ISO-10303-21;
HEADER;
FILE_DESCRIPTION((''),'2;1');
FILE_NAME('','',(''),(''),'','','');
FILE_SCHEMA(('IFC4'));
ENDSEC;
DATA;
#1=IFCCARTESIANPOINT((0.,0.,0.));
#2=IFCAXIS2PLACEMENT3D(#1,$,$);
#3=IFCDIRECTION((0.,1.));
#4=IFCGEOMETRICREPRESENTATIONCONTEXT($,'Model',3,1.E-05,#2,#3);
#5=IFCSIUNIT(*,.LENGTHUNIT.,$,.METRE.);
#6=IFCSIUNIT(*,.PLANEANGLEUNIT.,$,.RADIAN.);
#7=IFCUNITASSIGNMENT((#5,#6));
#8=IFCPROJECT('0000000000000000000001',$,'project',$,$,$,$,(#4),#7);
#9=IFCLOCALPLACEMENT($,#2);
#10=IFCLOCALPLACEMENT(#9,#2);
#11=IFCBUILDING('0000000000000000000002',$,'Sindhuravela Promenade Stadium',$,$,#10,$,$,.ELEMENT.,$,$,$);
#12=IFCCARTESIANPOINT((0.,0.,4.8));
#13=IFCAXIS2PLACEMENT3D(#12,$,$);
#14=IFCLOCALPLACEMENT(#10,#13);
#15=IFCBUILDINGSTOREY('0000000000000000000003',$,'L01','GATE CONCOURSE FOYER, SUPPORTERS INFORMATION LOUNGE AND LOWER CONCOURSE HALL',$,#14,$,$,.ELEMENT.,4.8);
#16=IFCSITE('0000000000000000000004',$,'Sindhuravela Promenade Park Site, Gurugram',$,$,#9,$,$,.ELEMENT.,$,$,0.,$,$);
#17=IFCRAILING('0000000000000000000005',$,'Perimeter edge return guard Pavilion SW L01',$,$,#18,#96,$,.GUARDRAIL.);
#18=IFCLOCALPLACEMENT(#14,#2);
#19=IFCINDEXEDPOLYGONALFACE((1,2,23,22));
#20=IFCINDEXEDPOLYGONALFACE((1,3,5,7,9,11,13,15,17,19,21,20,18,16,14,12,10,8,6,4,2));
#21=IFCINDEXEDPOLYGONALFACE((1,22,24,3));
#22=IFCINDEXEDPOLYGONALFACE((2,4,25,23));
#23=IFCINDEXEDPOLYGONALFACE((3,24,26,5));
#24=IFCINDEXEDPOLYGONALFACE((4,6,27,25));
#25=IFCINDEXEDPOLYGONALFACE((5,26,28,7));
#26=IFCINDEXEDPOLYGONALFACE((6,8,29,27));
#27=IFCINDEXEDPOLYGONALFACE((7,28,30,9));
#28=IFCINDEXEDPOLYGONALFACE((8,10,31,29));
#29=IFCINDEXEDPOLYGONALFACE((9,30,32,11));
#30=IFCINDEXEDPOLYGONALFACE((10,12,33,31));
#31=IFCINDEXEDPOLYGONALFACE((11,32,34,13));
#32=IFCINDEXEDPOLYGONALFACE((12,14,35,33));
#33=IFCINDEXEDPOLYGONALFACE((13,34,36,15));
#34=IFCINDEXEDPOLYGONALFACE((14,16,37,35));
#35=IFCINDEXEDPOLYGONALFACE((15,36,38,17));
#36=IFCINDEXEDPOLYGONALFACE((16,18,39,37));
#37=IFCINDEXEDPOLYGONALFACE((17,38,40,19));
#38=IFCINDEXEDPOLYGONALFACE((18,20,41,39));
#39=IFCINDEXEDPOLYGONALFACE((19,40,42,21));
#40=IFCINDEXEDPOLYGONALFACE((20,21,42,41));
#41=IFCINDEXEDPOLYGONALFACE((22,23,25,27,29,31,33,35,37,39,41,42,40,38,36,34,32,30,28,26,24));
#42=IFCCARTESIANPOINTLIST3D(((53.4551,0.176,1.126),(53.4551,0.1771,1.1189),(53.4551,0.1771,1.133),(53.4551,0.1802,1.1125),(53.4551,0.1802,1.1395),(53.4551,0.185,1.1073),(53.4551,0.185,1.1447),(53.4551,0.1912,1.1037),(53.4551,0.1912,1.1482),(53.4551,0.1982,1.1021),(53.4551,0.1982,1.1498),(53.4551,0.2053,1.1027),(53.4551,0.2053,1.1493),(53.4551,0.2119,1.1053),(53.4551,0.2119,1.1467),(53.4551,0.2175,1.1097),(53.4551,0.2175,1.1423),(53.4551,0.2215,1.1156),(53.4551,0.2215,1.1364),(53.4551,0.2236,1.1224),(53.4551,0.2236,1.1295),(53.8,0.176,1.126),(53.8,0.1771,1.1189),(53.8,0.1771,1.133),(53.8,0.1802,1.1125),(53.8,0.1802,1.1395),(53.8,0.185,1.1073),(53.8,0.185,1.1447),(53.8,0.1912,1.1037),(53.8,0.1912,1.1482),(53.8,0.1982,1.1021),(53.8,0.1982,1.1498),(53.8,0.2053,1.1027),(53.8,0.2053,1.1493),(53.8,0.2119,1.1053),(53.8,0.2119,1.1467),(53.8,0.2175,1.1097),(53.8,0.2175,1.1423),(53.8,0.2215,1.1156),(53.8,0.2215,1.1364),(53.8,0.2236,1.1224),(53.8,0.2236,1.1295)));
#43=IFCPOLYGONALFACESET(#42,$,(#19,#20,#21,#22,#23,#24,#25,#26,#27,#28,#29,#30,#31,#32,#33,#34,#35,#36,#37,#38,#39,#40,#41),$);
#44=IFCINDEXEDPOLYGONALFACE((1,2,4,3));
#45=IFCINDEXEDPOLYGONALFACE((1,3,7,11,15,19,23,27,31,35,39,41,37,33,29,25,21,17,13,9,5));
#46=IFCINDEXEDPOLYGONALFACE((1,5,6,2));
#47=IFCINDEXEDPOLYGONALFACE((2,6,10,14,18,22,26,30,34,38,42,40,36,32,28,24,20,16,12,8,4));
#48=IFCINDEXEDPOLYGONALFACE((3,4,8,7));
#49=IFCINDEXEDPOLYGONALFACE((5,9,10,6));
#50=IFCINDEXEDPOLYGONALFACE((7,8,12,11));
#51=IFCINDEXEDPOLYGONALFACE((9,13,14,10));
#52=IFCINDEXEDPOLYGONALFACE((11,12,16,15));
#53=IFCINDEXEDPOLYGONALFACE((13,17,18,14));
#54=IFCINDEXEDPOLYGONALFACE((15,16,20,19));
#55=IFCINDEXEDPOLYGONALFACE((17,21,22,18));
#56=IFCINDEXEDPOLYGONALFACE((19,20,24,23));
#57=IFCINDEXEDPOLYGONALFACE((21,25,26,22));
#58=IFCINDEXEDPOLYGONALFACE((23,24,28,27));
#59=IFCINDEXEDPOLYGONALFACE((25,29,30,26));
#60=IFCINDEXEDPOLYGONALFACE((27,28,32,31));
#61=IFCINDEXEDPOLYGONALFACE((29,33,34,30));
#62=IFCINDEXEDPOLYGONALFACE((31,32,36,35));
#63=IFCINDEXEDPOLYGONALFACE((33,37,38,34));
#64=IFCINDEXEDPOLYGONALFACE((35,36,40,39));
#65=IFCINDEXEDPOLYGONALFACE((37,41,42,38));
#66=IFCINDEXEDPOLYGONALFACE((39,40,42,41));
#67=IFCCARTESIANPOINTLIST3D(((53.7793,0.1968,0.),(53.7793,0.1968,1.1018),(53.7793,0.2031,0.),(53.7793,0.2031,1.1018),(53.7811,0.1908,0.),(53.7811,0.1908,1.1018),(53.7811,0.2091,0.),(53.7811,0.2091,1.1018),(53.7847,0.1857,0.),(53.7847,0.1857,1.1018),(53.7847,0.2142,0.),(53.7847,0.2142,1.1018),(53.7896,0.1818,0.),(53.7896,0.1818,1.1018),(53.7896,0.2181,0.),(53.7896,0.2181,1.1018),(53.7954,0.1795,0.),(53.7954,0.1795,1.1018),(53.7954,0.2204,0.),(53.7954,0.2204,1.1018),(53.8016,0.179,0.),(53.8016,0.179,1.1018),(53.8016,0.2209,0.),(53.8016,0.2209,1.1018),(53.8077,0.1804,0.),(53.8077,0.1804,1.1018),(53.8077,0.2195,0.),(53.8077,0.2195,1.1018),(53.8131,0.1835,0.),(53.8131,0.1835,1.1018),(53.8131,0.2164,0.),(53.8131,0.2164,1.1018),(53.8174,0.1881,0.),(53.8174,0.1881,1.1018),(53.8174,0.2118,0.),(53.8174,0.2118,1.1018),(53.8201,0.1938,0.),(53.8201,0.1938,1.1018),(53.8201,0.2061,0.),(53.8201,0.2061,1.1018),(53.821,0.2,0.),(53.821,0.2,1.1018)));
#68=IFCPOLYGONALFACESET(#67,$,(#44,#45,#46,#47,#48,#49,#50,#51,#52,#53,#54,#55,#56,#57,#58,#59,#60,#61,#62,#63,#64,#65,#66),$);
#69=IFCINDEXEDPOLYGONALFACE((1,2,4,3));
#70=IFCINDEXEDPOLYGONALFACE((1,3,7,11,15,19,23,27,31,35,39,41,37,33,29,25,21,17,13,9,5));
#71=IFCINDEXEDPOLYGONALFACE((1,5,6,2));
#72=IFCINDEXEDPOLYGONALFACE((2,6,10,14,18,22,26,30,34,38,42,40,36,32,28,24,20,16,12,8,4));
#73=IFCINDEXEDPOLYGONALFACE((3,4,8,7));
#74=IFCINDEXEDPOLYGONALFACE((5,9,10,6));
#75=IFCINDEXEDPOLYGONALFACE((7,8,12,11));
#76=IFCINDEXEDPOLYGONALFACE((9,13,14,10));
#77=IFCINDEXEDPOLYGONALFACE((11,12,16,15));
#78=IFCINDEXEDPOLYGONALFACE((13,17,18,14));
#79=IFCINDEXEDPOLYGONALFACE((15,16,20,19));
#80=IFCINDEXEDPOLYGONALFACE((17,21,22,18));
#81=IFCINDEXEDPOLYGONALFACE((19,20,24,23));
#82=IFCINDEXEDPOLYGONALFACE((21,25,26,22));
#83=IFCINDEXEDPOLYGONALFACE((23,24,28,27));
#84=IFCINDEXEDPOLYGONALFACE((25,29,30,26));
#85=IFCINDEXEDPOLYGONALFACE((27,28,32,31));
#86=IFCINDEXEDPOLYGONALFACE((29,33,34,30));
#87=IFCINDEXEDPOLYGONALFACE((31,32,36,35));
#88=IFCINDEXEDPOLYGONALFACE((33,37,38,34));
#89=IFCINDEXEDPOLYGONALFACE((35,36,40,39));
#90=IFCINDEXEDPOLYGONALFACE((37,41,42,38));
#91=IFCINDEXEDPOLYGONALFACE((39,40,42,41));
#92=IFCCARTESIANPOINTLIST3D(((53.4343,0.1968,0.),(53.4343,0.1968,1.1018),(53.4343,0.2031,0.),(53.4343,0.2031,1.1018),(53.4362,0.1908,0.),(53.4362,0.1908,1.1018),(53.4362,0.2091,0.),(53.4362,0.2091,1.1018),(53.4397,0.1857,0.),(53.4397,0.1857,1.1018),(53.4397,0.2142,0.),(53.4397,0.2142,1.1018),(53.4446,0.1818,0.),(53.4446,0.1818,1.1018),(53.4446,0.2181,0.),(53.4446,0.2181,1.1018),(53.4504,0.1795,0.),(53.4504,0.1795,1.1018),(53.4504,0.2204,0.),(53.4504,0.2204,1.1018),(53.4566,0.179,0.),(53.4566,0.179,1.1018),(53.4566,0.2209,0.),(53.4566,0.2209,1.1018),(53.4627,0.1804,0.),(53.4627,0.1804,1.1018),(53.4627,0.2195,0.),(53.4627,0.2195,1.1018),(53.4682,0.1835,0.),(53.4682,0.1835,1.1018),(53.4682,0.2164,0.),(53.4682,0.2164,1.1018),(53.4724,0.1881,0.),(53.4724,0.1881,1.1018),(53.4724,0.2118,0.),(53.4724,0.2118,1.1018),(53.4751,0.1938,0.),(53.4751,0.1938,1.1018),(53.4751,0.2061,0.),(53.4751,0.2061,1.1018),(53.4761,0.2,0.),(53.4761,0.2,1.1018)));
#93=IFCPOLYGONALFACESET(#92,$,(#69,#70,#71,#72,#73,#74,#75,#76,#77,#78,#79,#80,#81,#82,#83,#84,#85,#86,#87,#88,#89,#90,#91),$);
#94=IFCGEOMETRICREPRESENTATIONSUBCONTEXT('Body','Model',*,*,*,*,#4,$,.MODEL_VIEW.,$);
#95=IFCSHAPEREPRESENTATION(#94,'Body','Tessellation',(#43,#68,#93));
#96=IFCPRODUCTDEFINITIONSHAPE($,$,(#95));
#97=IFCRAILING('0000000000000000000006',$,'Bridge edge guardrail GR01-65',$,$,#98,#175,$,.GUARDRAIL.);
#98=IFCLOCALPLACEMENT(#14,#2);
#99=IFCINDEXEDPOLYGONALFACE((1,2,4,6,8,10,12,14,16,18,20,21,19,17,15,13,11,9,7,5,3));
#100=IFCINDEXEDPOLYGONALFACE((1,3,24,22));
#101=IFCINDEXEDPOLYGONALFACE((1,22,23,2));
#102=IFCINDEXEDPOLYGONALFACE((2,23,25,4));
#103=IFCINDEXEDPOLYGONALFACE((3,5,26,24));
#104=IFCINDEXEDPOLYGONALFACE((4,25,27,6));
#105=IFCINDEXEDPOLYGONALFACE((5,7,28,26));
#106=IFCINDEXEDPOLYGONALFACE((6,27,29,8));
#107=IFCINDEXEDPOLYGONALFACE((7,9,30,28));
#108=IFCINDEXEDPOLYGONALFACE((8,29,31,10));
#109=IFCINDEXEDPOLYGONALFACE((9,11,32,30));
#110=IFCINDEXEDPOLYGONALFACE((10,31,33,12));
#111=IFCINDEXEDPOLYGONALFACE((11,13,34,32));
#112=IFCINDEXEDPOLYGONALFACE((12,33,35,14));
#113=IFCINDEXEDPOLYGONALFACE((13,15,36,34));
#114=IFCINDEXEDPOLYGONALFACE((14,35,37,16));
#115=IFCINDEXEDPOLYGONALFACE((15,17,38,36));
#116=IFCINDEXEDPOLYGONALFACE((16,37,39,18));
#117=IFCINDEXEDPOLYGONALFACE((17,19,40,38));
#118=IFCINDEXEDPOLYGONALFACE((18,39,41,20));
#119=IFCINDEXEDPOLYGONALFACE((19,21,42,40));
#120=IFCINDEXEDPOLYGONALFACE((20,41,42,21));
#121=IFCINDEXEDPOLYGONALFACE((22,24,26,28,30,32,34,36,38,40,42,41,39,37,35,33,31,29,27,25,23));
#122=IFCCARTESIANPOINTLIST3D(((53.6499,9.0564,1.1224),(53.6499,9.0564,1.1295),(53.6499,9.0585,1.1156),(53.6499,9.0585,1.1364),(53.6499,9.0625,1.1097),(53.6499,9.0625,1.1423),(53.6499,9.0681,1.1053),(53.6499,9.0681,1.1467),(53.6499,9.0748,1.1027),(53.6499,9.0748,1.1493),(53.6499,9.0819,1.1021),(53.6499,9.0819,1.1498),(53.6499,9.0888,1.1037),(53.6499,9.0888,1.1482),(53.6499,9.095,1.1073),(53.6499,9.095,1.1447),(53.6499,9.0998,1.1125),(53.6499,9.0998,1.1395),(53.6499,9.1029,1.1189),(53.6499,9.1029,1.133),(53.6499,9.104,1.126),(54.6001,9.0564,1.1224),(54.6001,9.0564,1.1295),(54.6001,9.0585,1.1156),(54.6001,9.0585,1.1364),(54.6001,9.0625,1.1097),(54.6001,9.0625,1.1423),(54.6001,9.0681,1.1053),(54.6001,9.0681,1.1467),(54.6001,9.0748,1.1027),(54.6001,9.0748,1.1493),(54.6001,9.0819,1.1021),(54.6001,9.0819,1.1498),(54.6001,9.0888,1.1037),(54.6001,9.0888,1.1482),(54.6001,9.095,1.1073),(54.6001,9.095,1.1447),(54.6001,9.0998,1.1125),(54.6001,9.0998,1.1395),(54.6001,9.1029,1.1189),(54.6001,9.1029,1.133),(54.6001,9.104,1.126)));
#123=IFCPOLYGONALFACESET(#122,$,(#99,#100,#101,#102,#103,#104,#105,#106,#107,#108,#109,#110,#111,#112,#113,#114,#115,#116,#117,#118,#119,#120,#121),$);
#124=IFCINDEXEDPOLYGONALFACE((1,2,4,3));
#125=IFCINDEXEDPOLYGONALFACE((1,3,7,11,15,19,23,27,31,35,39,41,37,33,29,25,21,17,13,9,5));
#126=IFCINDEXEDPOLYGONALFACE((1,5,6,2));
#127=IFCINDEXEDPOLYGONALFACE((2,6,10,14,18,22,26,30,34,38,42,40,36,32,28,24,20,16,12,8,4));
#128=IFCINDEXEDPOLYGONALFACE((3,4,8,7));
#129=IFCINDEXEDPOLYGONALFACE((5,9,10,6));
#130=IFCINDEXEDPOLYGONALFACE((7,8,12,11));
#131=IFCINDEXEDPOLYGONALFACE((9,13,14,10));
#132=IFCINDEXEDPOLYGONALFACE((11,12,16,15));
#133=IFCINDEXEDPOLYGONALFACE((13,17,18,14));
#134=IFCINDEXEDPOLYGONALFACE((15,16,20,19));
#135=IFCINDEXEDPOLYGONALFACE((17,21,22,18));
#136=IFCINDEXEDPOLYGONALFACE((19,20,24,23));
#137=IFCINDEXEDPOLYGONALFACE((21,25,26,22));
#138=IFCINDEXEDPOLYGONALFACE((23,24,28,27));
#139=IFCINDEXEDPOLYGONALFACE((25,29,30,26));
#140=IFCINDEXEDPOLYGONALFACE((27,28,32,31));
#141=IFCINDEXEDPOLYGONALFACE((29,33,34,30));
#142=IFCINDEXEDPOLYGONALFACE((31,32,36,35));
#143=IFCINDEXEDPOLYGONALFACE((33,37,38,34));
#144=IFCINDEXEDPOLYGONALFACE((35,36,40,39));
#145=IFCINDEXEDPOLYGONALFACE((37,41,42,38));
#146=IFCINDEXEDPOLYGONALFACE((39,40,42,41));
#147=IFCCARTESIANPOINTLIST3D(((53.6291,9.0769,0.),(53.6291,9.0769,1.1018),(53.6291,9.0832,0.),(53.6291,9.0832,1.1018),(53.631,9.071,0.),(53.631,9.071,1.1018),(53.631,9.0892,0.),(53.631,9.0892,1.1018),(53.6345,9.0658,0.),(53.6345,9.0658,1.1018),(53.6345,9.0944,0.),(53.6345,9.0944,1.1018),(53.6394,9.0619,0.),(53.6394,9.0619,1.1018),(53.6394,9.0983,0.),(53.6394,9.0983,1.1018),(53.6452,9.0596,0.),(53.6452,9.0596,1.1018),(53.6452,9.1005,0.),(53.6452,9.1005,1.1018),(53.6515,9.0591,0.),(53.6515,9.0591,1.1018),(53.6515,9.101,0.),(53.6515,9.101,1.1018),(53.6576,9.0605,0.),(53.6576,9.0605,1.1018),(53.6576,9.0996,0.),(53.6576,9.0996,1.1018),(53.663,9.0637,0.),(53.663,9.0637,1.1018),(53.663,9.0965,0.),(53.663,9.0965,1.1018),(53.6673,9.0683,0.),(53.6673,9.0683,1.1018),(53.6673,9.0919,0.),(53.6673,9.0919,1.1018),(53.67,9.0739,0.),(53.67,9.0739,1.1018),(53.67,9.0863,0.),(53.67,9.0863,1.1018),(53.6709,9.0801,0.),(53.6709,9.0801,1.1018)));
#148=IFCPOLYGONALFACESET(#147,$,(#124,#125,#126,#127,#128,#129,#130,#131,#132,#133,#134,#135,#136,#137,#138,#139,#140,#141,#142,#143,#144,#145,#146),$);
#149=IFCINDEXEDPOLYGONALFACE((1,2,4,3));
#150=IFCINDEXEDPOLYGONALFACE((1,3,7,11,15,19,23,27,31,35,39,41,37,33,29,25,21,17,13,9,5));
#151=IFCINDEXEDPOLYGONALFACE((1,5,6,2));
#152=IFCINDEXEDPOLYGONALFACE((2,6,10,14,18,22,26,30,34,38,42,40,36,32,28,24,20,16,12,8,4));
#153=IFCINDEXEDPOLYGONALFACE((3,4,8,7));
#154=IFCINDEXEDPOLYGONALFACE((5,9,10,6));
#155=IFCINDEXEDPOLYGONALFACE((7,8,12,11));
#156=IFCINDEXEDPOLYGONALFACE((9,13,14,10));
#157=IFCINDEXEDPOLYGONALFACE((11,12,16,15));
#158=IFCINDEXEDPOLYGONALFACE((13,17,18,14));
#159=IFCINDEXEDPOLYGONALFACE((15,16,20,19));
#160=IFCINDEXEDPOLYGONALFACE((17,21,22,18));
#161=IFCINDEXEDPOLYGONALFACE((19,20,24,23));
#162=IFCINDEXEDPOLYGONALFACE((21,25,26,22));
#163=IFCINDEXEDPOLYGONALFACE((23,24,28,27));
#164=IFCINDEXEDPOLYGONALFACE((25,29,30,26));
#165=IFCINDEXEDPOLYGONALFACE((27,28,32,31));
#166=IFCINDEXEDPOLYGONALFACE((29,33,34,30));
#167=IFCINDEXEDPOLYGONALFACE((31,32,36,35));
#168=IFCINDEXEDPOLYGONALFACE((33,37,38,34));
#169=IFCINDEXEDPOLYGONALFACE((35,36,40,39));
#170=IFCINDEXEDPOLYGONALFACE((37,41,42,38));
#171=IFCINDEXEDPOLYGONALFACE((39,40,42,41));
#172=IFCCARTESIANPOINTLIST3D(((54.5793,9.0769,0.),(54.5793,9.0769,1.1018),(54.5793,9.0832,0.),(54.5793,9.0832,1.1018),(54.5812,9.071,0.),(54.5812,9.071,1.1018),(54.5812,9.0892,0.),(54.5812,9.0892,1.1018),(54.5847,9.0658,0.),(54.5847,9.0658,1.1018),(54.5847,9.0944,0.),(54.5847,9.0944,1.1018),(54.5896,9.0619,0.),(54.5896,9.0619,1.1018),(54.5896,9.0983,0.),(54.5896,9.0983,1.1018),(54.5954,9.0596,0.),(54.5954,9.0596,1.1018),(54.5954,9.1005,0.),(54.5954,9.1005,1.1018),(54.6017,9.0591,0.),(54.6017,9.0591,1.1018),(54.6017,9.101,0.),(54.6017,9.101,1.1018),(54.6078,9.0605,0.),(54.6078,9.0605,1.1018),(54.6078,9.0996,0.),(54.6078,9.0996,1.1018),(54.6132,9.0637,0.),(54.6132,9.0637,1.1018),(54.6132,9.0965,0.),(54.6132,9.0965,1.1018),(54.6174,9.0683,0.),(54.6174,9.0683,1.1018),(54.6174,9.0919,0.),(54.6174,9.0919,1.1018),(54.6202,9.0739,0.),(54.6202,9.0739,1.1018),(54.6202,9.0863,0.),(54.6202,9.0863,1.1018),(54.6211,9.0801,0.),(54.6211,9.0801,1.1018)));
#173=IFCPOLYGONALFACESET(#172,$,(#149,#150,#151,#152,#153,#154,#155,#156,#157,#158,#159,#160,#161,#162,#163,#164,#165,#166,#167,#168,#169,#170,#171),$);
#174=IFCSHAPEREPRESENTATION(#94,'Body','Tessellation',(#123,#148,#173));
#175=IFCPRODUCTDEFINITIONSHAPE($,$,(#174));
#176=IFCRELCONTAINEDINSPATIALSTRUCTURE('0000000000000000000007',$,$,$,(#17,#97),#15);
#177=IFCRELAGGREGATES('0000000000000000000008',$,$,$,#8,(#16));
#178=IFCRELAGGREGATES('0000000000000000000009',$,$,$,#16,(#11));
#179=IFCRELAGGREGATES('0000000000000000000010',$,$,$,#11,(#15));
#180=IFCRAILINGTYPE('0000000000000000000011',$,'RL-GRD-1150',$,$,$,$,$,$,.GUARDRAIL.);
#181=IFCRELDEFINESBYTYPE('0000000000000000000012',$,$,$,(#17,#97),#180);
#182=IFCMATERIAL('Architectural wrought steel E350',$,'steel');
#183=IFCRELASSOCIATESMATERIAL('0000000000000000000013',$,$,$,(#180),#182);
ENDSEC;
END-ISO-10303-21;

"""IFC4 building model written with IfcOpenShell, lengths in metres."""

from ifc_helpers import new_model, si_unit, direction, frame, origin, origin_2d, place, context, subcontext, project, spatial, circle, extrude, material, type_object, element, save


model = new_model("IFC4")

# Units and contexts
model_context = context("Model", 3, precision=1e-05, world=origin(), true_north=direction((0.0, 1.0)))
body_context = subcontext(model_context, "Body", "Model", "MODEL_VIEW")
ifc_project = project(units=[si_unit("LENGTHUNIT", "METRE"), si_unit("PLANEANGLEUNIT", "RADIAN")], contexts=[model_context])

# Site, building, storey
site_placement = place(None, origin())
site = spatial("IfcSite", under=ifc_project, at=site_placement, Name="Sindhuravela Promenade Park Site, Gurugram", CompositionType="ELEMENT", RefElevation=0.0)
building_placement = place(site_placement, origin())
building = spatial("IfcBuilding", under=site, at=building_placement, Name="Sindhuravela Promenade Stadium", CompositionType="ELEMENT")
storey_placement = place(building_placement, frame((0.0, 0.0, 4.8)))
storey = spatial("IfcBuildingStorey", under=building, at=storey_placement, Name="L01", Description="GATE CONCOURSE FOYER, SUPPORTERS INFORMATION LOUNGE AND LOWER CONCOURSE HALL", CompositionType="ELEMENT", Elevation=4.8)

# Railings
ifc_material_1 = material(Name="Architectural wrought steel E350", Category="steel")
railing_type = type_object("IfcRailingType", Name="RL-GRD-1150", PredefinedType="GUARDRAIL", material=ifc_material_1)
railing_1_placement = place(storey_placement, frame((53.8, 0.2, 0.0)))
element("IfcRailing", 1, at=railing_1_placement, inside=storey, type_object=railing_type, Name="Perimeter edge return guard Pavilion SW L01", PredefinedType="GUARDRAIL", context=body_context, shape_type="SweptSolid", body=[
    extrude(circle(Radius=0.0239, at=origin_2d()), frame((0.0, 0.0, 1.126), z_axis=(-1.0, 0.0, 0.0), x_axis=(0.0, -1.0, 0.0)), (0.0, 0.0, 1.0), 0.345),
    extrude(circle(Radius=0.021, at=origin_2d()), origin(), (0.0, 0.0, 1.0), 1.1018),
    extrude(circle(Radius=0.021, at=origin_2d()), frame((-0.345, 0.0, 0.0)), (0.0, 0.0, 1.0), 1.1018),
])
railing_2_placement = place(storey_placement, frame((53.6499, 9.0801, 0.0)))
element("IfcRailing", 2, at=railing_2_placement, inside=storey, type_object=railing_type, Name="Bridge edge guardrail GR01-65", PredefinedType="GUARDRAIL", context=body_context, shape_type="SweptSolid", body=[
    extrude(circle(Radius=0.0239, at=origin_2d()), frame((0.0, 0.0, 1.126), z_axis=(1.0, 0.0, 0.0), x_axis=(0.0, 1.0, 0.0)), (0.0, 0.0, 1.0), 0.9502),
    extrude(circle(Radius=0.021, at=origin_2d()), origin(), (0.0, 0.0, 1.0), 1.1018),
    extrude(circle(Radius=0.021, at=origin_2d()), frame((0.9502, 0.0, 0.0)), (0.0, 0.0, 1.0), 1.1018),
])

save(model, "model.ifc")
